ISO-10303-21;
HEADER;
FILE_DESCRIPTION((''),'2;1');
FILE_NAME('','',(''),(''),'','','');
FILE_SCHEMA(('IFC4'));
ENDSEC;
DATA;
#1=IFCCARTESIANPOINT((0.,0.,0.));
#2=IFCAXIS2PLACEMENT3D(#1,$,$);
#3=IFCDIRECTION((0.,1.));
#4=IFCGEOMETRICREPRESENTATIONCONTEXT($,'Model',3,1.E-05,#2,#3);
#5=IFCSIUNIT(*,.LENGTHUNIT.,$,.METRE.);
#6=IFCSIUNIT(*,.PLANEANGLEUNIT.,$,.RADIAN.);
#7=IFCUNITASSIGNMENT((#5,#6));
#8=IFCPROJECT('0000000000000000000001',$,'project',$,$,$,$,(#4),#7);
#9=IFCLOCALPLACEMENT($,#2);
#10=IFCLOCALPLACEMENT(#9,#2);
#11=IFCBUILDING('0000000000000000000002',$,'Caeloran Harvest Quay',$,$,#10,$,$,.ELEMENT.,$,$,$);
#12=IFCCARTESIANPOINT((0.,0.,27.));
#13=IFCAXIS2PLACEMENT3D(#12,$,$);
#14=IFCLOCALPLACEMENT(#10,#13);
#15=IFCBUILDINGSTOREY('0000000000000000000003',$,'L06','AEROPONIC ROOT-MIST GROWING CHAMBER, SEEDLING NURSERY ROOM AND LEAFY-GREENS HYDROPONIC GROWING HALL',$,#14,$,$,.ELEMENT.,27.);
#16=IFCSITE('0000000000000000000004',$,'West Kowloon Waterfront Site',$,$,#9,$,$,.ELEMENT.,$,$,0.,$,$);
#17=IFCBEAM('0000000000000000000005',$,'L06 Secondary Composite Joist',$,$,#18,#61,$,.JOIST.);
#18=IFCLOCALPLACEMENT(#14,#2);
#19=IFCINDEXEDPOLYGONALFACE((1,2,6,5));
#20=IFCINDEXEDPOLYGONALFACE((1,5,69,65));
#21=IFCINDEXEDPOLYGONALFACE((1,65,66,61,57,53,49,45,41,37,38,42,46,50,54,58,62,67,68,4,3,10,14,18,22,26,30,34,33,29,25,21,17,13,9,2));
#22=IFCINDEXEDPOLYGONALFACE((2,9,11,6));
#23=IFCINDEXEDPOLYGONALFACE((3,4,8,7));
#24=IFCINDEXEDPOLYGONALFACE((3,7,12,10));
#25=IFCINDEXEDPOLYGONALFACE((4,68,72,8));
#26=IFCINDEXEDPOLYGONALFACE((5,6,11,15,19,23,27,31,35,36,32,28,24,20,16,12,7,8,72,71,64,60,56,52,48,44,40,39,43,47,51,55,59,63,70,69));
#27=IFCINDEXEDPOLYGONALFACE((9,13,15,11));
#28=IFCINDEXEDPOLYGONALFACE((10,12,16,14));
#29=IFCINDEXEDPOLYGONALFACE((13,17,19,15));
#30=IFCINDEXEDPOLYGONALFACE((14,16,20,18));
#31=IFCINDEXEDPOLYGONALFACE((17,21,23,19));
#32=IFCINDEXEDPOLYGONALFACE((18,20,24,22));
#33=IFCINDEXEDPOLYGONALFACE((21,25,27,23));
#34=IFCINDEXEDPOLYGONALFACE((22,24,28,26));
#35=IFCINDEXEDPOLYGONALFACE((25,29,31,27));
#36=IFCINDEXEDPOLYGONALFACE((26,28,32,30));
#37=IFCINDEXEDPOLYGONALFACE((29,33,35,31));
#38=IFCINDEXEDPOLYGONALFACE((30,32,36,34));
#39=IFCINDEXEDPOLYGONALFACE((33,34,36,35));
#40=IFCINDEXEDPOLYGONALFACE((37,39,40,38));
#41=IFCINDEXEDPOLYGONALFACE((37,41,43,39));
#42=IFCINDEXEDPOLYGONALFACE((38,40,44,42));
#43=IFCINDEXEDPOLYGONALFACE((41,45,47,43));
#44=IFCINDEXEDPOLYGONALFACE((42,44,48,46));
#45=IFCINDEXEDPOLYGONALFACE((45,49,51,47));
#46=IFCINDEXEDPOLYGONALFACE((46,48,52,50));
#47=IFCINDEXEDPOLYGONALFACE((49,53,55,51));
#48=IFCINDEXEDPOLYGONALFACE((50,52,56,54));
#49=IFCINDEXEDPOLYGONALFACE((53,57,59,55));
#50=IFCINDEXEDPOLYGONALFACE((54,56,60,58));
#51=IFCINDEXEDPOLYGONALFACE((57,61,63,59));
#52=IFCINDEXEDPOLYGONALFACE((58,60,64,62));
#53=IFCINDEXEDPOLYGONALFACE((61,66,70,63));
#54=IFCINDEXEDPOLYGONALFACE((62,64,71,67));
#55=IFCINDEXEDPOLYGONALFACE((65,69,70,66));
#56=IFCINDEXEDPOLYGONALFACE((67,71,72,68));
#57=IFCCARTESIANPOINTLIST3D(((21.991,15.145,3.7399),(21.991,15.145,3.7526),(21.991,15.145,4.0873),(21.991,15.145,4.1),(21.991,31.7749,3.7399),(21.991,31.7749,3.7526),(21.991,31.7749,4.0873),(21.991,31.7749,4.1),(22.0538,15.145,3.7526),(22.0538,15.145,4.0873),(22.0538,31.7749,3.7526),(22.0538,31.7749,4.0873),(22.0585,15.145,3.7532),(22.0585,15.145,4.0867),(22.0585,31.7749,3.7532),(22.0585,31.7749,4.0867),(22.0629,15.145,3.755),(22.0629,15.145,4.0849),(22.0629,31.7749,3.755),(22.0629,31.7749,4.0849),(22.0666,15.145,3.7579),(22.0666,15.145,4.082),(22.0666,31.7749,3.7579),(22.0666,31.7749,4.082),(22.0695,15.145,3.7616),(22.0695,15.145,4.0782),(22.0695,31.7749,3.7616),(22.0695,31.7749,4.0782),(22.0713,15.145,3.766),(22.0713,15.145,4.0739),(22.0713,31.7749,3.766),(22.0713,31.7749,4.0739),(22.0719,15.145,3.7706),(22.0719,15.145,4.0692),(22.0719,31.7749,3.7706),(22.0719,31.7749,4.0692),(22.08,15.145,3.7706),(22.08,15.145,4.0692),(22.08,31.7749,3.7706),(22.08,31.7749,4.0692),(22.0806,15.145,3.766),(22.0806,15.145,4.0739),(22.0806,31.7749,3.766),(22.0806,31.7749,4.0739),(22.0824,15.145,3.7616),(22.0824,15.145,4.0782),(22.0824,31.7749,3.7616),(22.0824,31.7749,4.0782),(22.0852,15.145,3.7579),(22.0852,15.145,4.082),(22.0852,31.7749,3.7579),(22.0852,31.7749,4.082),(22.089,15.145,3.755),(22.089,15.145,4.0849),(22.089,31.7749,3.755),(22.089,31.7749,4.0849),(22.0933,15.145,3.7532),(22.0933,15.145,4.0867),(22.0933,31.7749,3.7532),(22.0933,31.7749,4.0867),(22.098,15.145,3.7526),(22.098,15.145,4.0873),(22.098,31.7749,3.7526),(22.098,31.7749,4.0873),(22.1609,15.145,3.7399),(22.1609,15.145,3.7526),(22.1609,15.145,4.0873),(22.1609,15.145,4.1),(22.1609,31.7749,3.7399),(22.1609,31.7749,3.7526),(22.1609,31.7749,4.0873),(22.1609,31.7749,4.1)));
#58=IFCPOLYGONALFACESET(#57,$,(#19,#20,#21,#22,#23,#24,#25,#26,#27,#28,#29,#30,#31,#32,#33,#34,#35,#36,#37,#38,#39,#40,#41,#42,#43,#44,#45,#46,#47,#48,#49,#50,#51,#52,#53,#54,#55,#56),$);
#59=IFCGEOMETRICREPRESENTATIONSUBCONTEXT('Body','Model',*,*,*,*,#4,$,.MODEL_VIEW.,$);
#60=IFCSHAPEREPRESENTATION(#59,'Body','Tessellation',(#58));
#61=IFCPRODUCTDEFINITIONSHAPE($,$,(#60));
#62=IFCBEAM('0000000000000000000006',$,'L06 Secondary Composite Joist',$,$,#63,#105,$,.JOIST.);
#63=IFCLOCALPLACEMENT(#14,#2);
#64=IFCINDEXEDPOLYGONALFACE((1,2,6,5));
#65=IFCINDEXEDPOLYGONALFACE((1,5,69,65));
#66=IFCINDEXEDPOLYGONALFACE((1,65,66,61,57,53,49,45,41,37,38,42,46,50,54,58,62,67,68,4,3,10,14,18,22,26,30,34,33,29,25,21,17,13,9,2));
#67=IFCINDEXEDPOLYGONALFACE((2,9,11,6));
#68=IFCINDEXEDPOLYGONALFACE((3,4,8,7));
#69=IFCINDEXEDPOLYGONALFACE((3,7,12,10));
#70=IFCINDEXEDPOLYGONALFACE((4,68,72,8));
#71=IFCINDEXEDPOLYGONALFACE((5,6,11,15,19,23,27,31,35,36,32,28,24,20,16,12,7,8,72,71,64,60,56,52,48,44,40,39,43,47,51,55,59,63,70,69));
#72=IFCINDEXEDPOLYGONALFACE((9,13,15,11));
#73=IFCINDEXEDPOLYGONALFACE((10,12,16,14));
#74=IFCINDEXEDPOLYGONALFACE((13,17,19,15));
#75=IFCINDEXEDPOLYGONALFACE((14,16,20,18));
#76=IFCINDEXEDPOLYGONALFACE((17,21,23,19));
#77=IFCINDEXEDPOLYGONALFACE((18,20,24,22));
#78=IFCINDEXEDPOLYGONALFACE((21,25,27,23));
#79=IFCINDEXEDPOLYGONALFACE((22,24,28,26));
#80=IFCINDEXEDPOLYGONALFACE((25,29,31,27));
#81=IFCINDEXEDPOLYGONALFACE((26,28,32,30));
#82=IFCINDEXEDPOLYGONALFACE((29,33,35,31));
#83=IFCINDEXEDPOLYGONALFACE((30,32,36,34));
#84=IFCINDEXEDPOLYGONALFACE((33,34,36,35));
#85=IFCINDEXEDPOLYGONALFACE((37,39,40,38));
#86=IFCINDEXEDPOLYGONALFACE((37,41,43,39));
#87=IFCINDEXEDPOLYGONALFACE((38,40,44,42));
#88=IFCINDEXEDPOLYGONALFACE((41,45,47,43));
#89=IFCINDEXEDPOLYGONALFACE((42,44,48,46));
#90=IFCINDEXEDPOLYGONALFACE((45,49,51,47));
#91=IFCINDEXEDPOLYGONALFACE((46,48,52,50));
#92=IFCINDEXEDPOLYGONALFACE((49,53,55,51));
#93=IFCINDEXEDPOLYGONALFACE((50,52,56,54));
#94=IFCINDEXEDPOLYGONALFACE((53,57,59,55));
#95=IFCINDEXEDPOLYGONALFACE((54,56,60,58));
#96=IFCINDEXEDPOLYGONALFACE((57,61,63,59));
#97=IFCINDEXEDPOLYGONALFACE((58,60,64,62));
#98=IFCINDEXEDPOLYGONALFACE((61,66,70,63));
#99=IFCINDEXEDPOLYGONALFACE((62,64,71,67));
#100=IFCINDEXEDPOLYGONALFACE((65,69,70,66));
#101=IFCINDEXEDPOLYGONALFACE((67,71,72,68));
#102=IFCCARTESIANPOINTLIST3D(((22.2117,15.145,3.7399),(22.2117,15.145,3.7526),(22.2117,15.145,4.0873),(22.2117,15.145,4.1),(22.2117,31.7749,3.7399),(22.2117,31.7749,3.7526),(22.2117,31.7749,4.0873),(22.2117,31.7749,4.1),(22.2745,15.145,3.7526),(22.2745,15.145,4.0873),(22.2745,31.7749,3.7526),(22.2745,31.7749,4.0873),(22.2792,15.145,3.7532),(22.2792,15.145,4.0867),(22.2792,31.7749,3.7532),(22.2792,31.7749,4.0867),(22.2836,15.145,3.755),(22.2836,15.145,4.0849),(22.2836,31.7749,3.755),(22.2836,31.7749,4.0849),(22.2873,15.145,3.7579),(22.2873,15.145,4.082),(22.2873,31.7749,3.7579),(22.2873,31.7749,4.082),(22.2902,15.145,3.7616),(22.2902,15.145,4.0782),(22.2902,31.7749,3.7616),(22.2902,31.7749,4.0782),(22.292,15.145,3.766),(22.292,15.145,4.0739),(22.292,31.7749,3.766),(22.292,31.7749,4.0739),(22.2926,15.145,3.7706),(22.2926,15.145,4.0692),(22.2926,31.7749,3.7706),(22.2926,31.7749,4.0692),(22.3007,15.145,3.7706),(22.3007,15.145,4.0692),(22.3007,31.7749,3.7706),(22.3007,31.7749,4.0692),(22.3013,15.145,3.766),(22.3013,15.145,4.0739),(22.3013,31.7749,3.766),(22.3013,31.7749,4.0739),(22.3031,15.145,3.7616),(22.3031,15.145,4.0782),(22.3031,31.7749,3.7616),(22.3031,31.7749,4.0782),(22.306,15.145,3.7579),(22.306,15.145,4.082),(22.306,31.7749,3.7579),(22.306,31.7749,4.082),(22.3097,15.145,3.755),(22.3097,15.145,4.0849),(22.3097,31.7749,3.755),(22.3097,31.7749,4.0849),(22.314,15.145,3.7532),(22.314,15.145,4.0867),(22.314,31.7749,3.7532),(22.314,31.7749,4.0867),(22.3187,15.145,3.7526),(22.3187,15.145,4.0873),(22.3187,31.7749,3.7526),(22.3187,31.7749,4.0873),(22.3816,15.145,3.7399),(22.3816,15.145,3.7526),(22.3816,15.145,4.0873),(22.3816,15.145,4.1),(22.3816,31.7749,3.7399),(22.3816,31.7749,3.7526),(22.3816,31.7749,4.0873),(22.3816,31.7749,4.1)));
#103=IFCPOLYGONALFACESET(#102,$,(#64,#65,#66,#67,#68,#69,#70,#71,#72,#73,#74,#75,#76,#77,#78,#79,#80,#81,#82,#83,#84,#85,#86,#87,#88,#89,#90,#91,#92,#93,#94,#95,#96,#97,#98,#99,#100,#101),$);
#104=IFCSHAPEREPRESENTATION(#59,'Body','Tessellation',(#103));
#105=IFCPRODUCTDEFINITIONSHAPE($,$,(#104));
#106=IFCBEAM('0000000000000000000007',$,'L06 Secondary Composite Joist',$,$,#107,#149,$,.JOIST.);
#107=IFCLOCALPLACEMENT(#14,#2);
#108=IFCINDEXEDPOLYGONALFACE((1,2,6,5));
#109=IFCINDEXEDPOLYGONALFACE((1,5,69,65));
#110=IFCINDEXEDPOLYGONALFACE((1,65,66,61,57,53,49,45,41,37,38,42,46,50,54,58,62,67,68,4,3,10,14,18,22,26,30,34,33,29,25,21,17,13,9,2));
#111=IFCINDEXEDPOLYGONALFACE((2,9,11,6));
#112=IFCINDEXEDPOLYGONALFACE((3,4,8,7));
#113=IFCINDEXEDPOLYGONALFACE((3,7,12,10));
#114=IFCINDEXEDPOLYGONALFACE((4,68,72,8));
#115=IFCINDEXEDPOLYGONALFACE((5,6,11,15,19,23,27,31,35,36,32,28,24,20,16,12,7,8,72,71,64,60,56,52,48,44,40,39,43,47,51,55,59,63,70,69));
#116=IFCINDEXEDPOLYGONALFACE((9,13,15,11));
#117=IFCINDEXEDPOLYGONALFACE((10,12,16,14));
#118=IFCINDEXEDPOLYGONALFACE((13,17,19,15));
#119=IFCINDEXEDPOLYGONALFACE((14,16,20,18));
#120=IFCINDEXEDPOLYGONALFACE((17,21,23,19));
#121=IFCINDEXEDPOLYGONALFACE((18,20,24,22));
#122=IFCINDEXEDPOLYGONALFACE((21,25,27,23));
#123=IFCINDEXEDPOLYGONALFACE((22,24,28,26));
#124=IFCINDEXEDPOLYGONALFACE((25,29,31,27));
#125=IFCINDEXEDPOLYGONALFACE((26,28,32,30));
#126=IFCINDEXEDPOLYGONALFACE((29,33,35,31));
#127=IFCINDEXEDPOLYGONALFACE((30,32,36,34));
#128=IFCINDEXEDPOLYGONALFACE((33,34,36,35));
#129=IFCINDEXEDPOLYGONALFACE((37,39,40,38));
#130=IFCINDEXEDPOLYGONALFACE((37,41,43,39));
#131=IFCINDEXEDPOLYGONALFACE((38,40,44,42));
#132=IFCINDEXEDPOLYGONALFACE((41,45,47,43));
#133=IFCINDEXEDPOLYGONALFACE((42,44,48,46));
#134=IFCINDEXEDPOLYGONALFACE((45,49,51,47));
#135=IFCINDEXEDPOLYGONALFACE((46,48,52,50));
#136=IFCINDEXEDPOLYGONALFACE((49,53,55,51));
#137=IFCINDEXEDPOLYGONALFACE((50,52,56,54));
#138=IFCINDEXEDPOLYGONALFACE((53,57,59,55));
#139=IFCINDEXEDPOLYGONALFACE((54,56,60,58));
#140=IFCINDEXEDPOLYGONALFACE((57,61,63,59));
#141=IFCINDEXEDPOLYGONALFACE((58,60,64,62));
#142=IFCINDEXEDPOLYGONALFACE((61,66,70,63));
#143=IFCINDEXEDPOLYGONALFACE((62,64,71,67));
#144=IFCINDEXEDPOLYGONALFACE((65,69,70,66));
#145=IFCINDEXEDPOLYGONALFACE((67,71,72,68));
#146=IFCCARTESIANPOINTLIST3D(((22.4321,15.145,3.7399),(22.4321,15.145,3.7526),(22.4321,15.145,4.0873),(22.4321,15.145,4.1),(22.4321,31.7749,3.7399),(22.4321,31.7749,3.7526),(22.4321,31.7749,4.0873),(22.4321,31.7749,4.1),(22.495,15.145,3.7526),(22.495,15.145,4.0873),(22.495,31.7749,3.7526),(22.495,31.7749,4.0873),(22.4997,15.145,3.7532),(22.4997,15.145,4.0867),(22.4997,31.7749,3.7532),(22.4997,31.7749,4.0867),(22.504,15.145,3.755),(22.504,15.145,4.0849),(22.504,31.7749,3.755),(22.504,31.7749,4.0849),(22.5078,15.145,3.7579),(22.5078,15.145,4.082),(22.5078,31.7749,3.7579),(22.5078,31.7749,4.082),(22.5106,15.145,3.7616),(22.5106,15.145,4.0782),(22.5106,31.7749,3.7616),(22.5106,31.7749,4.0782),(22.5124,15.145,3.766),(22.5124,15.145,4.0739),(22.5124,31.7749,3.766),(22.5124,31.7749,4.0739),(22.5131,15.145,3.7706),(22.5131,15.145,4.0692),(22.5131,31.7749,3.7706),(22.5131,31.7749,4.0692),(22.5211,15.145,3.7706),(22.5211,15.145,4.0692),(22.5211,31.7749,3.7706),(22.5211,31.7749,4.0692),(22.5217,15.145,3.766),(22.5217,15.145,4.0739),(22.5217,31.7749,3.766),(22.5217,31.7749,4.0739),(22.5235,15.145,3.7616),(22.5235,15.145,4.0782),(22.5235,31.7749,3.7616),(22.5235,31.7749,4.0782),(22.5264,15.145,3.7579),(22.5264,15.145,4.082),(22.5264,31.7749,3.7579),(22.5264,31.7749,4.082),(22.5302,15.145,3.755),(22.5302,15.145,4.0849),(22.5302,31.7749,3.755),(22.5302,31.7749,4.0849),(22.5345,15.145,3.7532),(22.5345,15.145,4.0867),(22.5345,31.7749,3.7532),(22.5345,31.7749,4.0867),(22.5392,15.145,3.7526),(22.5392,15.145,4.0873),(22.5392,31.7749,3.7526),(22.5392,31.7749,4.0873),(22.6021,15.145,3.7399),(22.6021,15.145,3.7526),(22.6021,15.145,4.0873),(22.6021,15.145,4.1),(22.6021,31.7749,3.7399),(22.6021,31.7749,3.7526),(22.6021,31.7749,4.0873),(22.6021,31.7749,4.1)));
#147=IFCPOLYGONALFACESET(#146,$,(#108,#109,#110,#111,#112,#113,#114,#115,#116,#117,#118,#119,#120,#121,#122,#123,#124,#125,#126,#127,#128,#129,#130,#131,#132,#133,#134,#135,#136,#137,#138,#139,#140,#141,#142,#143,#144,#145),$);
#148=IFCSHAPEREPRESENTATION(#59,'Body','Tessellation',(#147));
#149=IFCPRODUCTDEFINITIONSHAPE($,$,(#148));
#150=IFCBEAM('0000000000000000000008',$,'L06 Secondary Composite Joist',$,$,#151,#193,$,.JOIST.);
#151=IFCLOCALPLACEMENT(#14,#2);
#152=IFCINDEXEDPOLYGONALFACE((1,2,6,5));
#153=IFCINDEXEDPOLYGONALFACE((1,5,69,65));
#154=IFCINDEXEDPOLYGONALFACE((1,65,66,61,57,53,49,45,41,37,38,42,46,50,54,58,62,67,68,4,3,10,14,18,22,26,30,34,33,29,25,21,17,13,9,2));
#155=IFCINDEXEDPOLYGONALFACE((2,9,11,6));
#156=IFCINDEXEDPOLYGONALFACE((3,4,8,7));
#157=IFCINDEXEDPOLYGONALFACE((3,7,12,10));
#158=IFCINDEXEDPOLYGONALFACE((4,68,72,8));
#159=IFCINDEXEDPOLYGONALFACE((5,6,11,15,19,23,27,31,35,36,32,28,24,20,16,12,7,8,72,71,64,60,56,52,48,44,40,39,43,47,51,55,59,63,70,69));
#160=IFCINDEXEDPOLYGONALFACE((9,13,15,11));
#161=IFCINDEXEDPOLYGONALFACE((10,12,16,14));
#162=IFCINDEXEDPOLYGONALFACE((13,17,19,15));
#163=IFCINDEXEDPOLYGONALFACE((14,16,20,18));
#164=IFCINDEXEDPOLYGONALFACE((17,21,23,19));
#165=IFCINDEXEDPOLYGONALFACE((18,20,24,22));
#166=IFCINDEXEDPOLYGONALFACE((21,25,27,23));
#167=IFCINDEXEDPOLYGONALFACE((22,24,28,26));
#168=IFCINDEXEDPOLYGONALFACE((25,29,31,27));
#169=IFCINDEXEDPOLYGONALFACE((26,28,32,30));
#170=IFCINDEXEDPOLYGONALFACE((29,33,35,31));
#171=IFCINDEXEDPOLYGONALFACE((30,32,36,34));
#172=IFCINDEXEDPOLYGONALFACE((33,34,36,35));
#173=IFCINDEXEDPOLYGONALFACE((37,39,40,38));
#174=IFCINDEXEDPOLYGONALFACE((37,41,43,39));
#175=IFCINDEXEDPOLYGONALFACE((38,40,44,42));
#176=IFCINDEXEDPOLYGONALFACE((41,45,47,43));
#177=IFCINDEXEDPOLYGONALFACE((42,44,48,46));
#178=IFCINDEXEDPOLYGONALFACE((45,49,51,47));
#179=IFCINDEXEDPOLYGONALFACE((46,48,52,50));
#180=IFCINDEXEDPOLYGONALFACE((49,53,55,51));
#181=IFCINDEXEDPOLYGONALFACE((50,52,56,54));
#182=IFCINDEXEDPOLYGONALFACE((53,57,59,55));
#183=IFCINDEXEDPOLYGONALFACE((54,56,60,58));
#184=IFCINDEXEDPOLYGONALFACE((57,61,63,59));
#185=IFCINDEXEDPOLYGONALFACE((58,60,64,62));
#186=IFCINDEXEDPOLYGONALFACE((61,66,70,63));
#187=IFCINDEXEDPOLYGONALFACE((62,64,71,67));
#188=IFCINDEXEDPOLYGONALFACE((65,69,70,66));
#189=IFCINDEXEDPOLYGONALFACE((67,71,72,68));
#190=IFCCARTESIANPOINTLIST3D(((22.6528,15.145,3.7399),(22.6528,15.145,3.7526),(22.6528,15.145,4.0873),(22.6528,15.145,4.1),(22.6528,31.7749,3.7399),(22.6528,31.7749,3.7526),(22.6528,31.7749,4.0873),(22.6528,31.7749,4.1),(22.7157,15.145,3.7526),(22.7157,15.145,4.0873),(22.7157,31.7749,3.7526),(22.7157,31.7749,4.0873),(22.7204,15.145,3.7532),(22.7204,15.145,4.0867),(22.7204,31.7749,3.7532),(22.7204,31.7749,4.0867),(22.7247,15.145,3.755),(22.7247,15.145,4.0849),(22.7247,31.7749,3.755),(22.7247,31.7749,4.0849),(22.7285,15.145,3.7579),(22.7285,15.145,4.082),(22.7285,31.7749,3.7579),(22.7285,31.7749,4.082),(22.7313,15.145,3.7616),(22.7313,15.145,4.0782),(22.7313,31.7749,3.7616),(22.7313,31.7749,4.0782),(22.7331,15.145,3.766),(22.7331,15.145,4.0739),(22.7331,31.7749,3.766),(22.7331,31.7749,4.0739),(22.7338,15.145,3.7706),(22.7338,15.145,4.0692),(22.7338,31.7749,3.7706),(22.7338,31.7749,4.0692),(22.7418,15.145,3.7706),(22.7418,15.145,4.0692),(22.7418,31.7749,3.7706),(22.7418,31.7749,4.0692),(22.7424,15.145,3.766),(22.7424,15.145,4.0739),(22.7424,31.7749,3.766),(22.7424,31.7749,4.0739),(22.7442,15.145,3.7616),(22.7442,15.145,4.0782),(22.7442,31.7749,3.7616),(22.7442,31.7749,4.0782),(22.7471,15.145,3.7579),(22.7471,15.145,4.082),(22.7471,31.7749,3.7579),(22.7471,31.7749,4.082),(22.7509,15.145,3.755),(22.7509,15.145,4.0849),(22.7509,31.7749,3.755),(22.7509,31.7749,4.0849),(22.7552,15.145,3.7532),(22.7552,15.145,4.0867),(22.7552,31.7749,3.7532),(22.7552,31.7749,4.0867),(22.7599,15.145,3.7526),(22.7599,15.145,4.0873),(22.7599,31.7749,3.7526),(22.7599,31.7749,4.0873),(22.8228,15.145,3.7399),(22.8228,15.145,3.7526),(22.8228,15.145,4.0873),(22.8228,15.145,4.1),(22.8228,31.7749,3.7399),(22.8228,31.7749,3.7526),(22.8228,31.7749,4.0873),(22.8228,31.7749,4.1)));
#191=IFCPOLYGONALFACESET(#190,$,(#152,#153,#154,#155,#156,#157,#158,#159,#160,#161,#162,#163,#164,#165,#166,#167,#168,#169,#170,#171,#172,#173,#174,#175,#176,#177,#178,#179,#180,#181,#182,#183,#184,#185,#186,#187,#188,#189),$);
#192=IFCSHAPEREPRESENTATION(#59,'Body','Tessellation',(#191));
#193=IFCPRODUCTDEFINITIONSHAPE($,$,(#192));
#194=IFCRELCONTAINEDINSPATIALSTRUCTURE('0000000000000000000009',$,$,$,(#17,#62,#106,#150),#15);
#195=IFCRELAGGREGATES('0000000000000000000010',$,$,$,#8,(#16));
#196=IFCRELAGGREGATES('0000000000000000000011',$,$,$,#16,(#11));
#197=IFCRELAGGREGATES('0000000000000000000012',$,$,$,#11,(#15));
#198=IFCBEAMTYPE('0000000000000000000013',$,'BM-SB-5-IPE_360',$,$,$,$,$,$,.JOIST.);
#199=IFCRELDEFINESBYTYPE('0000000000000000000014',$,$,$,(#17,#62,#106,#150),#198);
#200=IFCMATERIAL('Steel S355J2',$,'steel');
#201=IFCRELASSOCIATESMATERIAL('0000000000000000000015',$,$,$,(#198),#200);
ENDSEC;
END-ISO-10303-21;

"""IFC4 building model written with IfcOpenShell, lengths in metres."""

from ifc_helpers import new_model, si_unit, direction, frame, origin, origin_2d, place, context, subcontext, project, spatial, i_section, extrude, material, material_profile, profile_set, type_object, element, save


model = new_model("IFC4")

# Units and contexts
model_context = context("Model", 3, precision=1e-05, world=origin(), true_north=direction((0.0, 1.0)))
body_context = subcontext(model_context, "Body", "Model", "MODEL_VIEW")
ifc_project = project(units=[si_unit("LENGTHUNIT", "METRE"), si_unit("PLANEANGLEUNIT", "RADIAN")], contexts=[model_context])

# Site, building, storey
site_placement = place(None, origin())
site = spatial("IfcSite", under=ifc_project, at=site_placement, Name="West Kowloon Waterfront Site", CompositionType="ELEMENT", RefElevation=0.0)
building_placement = place(site_placement, origin())
building = spatial("IfcBuilding", under=site, at=building_placement, Name="Caeloran Harvest Quay", CompositionType="ELEMENT")
storey_placement = place(building_placement, frame((0.0, 0.0, 27.0)))
storey = spatial("IfcBuildingStorey", under=building, at=storey_placement, Name="L06", Description="AEROPONIC ROOT-MIST GROWING CHAMBER, SEEDLING NURSERY ROOM AND LEAFY-GREENS HYDROPONIC GROWING HALL", CompositionType="ELEMENT", Elevation=27.0)

# Beams
ifc_material_1 = material(Name="Steel S355J2", Category="steel")
ifc_material_profile_1 = material_profile(ifc_material_1, i_section(OverallWidth=0.1699, OverallDepth=0.3601, WebThickness=0.0081, FlangeThickness=0.0127, FilletRadius=0.0181, at=origin_2d()), Name="IPE 360")
ifc_profile_set_1 = profile_set([ifc_material_profile_1], Name="Steel S355J2")
beam_type_1 = type_object("IfcBeamType", Name="BM-SB-5-IPE_360", PredefinedType="JOIST", material=ifc_profile_set_1)
for number, where, z_axis, x_axis, name in (
    (1, (22.0759, 15.145, 3.9199), (0.0, 1.0, 0.0), (-1.0, 0.0, 0.0), "L06 Secondary Composite Joist"),
    (2, (22.2966, 15.145, 3.9199), (0.0, 1.0, 0.0), (-1.0, 0.0, 0.0), "L06 Secondary Composite Joist"),
    (3, (22.5171, 15.145, 3.9199), (0.0, 1.0, 0.0), (-1.0, 0.0, 0.0), "L06 Secondary Composite Joist"),
    (4, (22.7378, 15.145, 3.9199), (0.0, 1.0, 0.0), (-1.0, 0.0, 0.0), "L06 Secondary Composite Joist"),
):
    element("IfcBeam", number, at=place(storey_placement, frame(where, z_axis=z_axis, x_axis=x_axis)), inside=storey, type_object=beam_type_1, Name=name, PredefinedType="JOIST", context=body_context, shape_type="SweptSolid", body=[
        extrude(i_section(OverallWidth=0.1699, OverallDepth=0.3601, WebThickness=0.0081, FlangeThickness=0.0127, FilletRadius=0.0181, at=origin_2d()), origin(), (0.0, 0.0, 1.0), 16.6299),
    ])

save(model, "model.ifc")
